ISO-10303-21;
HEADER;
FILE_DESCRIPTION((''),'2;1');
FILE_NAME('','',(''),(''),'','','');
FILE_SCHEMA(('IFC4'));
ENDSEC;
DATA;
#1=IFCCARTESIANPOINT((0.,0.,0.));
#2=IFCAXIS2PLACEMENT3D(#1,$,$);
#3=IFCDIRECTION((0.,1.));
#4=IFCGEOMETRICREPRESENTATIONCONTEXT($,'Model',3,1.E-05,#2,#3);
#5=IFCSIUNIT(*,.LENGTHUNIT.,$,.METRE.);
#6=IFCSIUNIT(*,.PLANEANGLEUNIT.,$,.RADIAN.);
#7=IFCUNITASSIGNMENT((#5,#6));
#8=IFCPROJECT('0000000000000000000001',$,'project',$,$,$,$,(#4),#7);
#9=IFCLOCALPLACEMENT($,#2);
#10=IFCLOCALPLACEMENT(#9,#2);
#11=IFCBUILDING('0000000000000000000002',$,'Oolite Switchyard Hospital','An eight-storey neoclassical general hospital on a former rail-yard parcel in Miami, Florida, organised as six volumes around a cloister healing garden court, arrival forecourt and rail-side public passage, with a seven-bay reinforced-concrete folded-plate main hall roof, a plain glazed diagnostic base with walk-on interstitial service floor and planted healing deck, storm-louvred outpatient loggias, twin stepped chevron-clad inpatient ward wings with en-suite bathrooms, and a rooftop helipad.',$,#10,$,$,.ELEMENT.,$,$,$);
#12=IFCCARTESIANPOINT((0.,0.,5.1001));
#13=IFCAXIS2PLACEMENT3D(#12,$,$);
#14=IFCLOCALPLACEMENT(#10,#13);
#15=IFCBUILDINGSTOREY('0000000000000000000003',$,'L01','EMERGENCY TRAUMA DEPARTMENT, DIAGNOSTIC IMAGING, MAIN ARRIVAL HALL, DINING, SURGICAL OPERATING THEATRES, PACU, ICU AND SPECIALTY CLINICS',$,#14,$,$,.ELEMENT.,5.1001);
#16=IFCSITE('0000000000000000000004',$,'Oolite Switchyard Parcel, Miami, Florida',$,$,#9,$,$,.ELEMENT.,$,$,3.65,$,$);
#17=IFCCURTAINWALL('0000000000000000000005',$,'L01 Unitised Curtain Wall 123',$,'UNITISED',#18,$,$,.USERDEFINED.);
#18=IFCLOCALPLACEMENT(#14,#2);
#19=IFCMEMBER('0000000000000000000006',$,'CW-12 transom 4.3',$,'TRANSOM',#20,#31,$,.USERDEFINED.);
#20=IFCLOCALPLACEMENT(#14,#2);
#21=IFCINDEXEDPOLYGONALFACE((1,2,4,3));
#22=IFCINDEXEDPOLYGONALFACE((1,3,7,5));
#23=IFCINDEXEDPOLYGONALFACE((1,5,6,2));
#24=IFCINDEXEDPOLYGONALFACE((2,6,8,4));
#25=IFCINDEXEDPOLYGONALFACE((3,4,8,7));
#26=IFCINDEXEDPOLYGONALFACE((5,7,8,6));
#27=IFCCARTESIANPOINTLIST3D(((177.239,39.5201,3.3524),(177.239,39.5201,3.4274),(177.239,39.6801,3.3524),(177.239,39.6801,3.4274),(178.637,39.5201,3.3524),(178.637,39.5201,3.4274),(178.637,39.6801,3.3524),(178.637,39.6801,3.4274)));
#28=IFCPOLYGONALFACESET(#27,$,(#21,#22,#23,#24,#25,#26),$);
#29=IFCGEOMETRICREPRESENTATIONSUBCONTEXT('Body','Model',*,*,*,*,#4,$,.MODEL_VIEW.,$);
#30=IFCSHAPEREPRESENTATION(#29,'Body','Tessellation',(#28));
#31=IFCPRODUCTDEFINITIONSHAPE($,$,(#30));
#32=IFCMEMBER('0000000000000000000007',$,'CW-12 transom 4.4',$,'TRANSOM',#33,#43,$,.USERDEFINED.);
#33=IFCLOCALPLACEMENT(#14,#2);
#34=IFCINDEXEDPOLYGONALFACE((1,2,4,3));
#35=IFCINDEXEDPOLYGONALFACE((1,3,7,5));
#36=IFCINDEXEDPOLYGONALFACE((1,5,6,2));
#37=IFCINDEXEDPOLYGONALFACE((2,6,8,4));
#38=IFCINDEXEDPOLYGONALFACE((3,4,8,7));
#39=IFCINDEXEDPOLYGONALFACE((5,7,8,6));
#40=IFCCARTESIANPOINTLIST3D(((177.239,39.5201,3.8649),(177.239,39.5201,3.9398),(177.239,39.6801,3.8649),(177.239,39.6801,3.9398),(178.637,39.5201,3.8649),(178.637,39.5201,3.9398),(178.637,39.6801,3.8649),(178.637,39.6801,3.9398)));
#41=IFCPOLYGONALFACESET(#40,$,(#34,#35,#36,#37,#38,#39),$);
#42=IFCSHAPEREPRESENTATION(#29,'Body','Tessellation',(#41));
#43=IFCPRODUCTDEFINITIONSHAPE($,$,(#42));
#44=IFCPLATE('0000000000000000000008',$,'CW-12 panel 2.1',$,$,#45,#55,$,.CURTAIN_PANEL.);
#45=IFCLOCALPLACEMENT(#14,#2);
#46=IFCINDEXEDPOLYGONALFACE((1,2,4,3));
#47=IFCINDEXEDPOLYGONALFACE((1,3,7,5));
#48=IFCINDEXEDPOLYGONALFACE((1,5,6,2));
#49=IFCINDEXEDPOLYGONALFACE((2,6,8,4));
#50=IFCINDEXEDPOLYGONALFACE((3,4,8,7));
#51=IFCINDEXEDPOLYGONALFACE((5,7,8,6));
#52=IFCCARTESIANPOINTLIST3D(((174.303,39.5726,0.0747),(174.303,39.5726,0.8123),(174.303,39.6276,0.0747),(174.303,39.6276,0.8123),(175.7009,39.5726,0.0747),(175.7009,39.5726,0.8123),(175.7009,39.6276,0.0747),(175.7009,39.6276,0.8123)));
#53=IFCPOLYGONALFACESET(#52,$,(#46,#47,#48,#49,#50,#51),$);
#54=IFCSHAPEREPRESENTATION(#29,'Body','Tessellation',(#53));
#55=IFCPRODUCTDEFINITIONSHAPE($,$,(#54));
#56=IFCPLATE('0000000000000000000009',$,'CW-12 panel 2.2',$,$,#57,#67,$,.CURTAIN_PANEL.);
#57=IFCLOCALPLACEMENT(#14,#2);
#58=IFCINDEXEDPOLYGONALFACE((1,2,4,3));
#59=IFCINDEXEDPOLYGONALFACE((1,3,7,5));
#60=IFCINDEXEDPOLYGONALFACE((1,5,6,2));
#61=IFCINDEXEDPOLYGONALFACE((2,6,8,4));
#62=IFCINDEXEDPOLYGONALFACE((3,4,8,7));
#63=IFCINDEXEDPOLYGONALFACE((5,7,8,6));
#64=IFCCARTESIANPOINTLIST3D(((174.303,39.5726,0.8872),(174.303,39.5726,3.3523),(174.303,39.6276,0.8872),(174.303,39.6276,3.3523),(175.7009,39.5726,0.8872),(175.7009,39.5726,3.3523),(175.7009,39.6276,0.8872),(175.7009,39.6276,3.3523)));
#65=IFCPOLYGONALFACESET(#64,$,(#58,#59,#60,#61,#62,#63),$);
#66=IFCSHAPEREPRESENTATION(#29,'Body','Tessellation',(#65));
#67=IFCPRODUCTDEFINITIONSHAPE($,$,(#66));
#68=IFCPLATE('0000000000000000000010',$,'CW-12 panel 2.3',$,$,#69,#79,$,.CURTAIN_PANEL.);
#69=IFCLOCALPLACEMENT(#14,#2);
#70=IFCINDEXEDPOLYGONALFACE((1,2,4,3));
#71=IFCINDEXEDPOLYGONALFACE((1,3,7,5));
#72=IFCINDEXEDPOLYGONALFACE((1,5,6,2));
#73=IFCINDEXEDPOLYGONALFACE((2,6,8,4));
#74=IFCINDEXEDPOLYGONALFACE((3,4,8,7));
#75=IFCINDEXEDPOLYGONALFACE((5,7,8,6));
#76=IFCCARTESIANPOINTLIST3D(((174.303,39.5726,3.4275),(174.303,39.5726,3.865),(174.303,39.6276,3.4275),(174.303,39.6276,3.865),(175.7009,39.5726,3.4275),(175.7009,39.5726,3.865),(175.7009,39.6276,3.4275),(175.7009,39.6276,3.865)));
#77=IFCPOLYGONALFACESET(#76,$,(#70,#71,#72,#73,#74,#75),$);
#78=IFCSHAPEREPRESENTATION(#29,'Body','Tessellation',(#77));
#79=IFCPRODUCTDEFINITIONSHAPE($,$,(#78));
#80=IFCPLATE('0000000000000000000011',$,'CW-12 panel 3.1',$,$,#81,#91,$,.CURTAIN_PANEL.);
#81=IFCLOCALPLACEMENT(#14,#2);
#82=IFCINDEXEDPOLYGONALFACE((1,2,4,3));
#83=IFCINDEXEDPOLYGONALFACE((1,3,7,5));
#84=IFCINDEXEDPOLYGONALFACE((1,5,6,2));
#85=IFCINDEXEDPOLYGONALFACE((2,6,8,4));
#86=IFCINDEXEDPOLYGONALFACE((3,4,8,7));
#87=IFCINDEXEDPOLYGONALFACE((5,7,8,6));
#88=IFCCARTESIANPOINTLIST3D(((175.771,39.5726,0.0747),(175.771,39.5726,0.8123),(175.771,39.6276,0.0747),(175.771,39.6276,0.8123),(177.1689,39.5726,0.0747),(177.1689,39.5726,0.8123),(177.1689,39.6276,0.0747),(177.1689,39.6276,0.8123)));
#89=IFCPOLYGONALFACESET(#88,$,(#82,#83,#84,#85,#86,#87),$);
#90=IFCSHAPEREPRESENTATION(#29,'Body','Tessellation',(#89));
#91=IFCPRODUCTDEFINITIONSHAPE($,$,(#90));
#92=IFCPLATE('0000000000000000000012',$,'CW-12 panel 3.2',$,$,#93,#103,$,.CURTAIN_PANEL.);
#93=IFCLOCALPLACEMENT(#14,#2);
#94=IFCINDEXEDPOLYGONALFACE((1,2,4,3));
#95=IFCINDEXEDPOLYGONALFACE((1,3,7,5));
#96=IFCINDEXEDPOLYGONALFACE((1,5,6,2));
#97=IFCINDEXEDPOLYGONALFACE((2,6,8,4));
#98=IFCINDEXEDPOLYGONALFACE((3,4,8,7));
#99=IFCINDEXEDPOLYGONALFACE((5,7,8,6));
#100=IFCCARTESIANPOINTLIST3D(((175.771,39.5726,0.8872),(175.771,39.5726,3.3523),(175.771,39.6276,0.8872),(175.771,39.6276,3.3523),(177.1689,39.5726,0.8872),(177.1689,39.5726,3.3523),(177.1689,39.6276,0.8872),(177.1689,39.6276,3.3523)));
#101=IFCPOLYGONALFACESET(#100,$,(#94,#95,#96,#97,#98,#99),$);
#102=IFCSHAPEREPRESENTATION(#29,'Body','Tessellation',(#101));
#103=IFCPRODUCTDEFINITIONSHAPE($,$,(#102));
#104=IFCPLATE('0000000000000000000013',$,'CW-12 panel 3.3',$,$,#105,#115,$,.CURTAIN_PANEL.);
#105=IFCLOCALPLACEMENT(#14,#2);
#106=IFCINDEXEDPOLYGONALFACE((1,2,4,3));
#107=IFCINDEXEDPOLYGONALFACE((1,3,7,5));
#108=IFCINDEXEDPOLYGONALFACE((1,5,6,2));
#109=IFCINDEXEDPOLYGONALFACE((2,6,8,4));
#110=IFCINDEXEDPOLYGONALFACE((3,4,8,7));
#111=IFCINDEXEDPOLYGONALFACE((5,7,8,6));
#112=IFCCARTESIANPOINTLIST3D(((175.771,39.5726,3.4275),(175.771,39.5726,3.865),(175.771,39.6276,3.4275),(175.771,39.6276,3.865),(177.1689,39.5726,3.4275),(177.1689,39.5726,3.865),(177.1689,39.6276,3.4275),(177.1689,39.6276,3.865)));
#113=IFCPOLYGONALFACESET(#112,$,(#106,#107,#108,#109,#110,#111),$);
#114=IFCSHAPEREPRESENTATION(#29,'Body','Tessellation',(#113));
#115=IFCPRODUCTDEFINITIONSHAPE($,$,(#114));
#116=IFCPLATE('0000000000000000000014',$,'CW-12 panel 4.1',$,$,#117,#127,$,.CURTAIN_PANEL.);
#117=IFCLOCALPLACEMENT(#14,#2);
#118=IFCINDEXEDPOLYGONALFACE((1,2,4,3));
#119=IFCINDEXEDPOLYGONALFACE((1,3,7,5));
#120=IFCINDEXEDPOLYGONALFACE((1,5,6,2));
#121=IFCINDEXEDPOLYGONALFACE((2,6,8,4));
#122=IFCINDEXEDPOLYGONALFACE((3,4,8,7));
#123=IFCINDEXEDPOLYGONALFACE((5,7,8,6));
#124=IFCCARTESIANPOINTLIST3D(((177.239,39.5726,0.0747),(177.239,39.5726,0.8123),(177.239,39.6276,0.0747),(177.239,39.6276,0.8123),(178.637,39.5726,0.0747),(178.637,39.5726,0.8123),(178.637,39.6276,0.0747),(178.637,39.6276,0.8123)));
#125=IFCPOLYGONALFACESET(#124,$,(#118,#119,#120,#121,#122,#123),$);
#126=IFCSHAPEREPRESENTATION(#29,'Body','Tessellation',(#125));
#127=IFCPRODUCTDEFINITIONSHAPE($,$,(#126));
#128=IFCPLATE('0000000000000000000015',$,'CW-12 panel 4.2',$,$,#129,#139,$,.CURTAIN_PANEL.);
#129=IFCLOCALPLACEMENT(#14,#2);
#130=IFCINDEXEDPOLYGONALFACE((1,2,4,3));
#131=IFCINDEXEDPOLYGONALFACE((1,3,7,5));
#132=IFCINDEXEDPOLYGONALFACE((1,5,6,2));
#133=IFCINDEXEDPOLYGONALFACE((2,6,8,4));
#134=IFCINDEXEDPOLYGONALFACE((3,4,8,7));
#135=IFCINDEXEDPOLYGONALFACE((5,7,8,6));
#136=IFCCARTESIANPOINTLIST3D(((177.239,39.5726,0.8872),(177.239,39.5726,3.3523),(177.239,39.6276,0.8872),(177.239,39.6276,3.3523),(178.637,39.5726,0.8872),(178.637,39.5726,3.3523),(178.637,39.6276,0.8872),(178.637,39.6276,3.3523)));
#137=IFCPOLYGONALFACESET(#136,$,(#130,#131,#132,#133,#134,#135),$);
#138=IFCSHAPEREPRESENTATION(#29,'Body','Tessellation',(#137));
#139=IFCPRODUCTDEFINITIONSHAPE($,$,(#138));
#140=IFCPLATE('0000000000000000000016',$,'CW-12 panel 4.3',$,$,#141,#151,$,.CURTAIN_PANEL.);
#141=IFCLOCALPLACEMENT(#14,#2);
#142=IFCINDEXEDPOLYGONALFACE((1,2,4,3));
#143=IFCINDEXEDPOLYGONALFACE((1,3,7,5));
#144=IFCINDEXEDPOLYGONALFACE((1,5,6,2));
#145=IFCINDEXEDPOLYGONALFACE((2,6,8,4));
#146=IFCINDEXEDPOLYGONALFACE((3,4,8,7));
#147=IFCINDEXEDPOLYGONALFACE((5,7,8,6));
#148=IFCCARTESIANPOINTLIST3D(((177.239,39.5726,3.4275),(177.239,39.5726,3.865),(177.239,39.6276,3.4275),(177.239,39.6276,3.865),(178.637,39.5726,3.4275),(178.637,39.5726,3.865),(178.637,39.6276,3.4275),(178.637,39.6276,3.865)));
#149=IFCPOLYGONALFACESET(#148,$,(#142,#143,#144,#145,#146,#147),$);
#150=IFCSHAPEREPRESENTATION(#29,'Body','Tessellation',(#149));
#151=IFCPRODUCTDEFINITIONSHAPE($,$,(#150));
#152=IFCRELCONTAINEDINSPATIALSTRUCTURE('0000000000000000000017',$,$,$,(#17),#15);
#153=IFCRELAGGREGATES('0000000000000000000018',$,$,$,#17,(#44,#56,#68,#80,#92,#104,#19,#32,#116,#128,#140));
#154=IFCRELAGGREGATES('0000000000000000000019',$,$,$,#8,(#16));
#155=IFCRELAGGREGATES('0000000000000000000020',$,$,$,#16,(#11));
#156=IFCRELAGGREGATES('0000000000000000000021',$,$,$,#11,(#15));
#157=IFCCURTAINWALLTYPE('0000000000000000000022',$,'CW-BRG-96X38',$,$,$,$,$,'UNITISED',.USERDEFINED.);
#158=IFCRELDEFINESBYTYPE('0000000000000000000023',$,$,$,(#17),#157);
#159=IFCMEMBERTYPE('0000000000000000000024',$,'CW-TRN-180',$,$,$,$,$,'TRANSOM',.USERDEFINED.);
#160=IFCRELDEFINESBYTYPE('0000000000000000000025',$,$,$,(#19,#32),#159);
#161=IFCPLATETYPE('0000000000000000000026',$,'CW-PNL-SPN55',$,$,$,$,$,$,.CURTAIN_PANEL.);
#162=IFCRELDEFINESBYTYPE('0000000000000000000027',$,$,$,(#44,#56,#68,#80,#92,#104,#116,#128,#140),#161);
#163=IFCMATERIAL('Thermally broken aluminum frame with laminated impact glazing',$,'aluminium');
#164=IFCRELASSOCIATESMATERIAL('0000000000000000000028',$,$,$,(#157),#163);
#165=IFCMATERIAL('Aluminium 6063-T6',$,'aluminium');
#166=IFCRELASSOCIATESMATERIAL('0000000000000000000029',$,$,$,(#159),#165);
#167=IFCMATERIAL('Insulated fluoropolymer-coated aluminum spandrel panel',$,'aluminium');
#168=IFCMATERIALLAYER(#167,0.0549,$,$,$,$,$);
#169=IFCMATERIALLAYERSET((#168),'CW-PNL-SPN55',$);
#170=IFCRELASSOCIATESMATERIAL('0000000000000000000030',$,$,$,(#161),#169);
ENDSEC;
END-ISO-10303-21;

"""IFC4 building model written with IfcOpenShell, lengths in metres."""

from ifc_helpers import new_model, si_unit, direction, frame, origin, origin_2d, place, context, subcontext, project, spatial, rectangle, extrude, material, layer, layer_set, material_profile, profile_set, type_object, element, aggregate, save


model = new_model("IFC4")

# Units and contexts
model_context = context("Model", 3, precision=1e-05, world=origin(), true_north=direction((0.0, 1.0)))
body_context = subcontext(model_context, "Body", "Model", "MODEL_VIEW")
ifc_project = project(units=[si_unit("LENGTHUNIT", "METRE"), si_unit("PLANEANGLEUNIT", "RADIAN")], contexts=[model_context])

# Site, building, storey
site_placement = place(None, origin())
site = spatial("IfcSite", under=ifc_project, at=site_placement, Name="Oolite Switchyard Parcel, Miami, Florida", CompositionType="ELEMENT", RefElevation=3.65)
building_placement = place(site_placement, origin())
building = spatial("IfcBuilding", under=site, at=building_placement, Name="Oolite Switchyard Hospital", Description="An eight-storey neoclassical general hospital on a former rail-yard parcel in Miami, Florida, organised as six volumes around a cloister healing garden court, arrival forecourt and rail-side public passage, with a seven-bay reinforced-concrete folded-plate main hall roof, a plain glazed diagnostic base with walk-on interstitial service floor and planted healing deck, storm-louvred outpatient loggias, twin stepped chevron-clad inpatient ward wings with en-suite bathrooms, and a rooftop helipad.", CompositionType="ELEMENT")
storey_placement = place(building_placement, frame((0.0, 0.0, 5.1001)))
storey = spatial("IfcBuildingStorey", under=building, at=storey_placement, Name="L01", Description="EMERGENCY TRAUMA DEPARTMENT, DIAGNOSTIC IMAGING, MAIN ARRIVAL HALL, DINING, SURGICAL OPERATING THEATRES, PACU, ICU AND SPECIALTY CLINICS", CompositionType="ELEMENT", Elevation=5.1001)

# Curtain wall
ifc_material_1 = material(Name="Thermally broken aluminum frame with laminated impact glazing", Category="aluminium")
curtain_wall_type = type_object("IfcCurtainWallType", Name="CW-BRG-96X38", ElementType="UNITISED", PredefinedType="USERDEFINED", material=ifc_material_1)
curtain_wall_1_placement = place(storey_placement, origin())
curtain_wall_1 = element("IfcCurtainWall", 1, at=curtain_wall_1_placement, inside=storey, type_object=curtain_wall_type, Name="L01 Unitised Curtain Wall 123", ObjectType="UNITISED", PredefinedType="USERDEFINED")
ifc_material_2 = material(Name="Aluminium 6063-T6", Category="aluminium")

# Members
ifc_material_profile_1 = material_profile(ifc_material_2, rectangle(XDim=0.1599, YDim=0.075, at=origin_2d()), Name="CWT75X160")
ifc_profile_set_1 = profile_set([ifc_material_profile_1], Name="Aluminium 6063-T6")
member_type_1 = type_object("IfcMemberType", Name="CW-TRN-180", ElementType="TRANSOM", PredefinedType="USERDEFINED", material=ifc_profile_set_1)
member_1_placement = place(storey_placement, frame((177.239, 39.6001, 3.3899), z_axis=(1.0, 0.0, 0.0), x_axis=(0.0, 1.0, 0.0)))
member_1 = element("IfcMember", 2, at=member_1_placement, type_object=member_type_1, Name="CW-12 transom 4.3", ObjectType="TRANSOM", PredefinedType="USERDEFINED", context=body_context, shape_type="SweptSolid", body=[
    extrude(rectangle(XDim=0.1599, YDim=0.075, at=origin_2d()), origin(), (0.0, 0.0, 1.0), 1.3979),
])
member_2_placement = place(storey_placement, frame((177.239, 39.6001, 3.9023), z_axis=(1.0, 0.0, 0.0), x_axis=(0.0, 1.0, 0.0)))
member_2 = element("IfcMember", 3, at=member_2_placement, type_object=member_type_1, Name="CW-12 transom 4.4", ObjectType="TRANSOM", PredefinedType="USERDEFINED", context=body_context, shape_type="SweptSolid", body=[
    extrude(rectangle(XDim=0.1599, YDim=0.075, at=origin_2d()), origin(), (0.0, 0.0, 1.0), 1.3979),
])

# Plates
ifc_material_3 = material(Name="Insulated fluoropolymer-coated aluminum spandrel panel", Category="aluminium")
ifc_layer = layer(ifc_material_3, 0.0549)
ifc_layer_set = layer_set([ifc_layer], Name="CW-PNL-SPN55")
plate_type = type_object("IfcPlateType", Name="CW-PNL-SPN55", PredefinedType="CURTAIN_PANEL", material=ifc_layer_set)
plate_1_placement = place(storey_placement, frame((175.002, 39.6001, 0.0747), z_axis=(0.0, 0.0, 1.0), x_axis=(1.0, 0.0, 0.0)))
plate_1 = element("IfcPlate", 4, at=plate_1_placement, type_object=plate_type, Name="CW-12 panel 2.1", PredefinedType="CURTAIN_PANEL", context=body_context, shape_type="SweptSolid", body=[
    extrude(rectangle(XDim=1.3979, YDim=0.0549, at=origin_2d()), origin(), (0.0, 0.0, 1.0), 0.7375),
])
plate_2_placement = place(storey_placement, frame((175.002, 39.6001, 0.8872), z_axis=(0.0, 0.0, 1.0), x_axis=(1.0, 0.0, 0.0)))
plate_2 = element("IfcPlate", 5, at=plate_2_placement, type_object=plate_type, Name="CW-12 panel 2.2", PredefinedType="CURTAIN_PANEL", context=body_context, shape_type="SweptSolid", body=[
    extrude(rectangle(XDim=1.3979, YDim=0.0549, at=origin_2d()), origin(), (0.0, 0.0, 1.0), 2.4651),
])
plate_3_placement = place(storey_placement, frame((175.002, 39.6001, 3.4275), z_axis=(0.0, 0.0, 1.0), x_axis=(1.0, 0.0, 0.0)))
plate_3 = element("IfcPlate", 6, at=plate_3_placement, type_object=plate_type, Name="CW-12 panel 2.3", PredefinedType="CURTAIN_PANEL", context=body_context, shape_type="SweptSolid", body=[
    extrude(rectangle(XDim=1.3979, YDim=0.0549, at=origin_2d()), origin(), (0.0, 0.0, 1.0), 0.4375),
])
plate_4_placement = place(storey_placement, frame((176.47, 39.6001, 0.0747), z_axis=(0.0, 0.0, 1.0), x_axis=(1.0, 0.0, 0.0)))
plate_4 = element("IfcPlate", 7, at=plate_4_placement, type_object=plate_type, Name="CW-12 panel 3.1", PredefinedType="CURTAIN_PANEL", context=body_context, shape_type="SweptSolid", body=[
    extrude(rectangle(XDim=1.3979, YDim=0.0549, at=origin_2d()), origin(), (0.0, 0.0, 1.0), 0.7375),
])
plate_5_placement = place(storey_placement, frame((176.47, 39.6001, 0.8872), z_axis=(0.0, 0.0, 1.0), x_axis=(1.0, 0.0, 0.0)))
plate_5 = element("IfcPlate", 8, at=plate_5_placement, type_object=plate_type, Name="CW-12 panel 3.2", PredefinedType="CURTAIN_PANEL", context=body_context, shape_type="SweptSolid", body=[
    extrude(rectangle(XDim=1.3979, YDim=0.0549, at=origin_2d()), origin(), (0.0, 0.0, 1.0), 2.4651),
])
plate_6_placement = place(storey_placement, frame((176.47, 39.6001, 3.4275), z_axis=(0.0, 0.0, 1.0), x_axis=(1.0, 0.0, 0.0)))
plate_6 = element("IfcPlate", 9, at=plate_6_placement, type_object=plate_type, Name="CW-12 panel 3.3", PredefinedType="CURTAIN_PANEL", context=body_context, shape_type="SweptSolid", body=[
    extrude(rectangle(XDim=1.3979, YDim=0.0549, at=origin_2d()), origin(), (0.0, 0.0, 1.0), 0.4375),
])
plate_7_placement = place(storey_placement, frame((177.938, 39.6001, 0.0747), z_axis=(0.0, 0.0, 1.0), x_axis=(1.0, 0.0, 0.0)))
plate_7 = element("IfcPlate", 10, at=plate_7_placement, type_object=plate_type, Name="CW-12 panel 4.1", PredefinedType="CURTAIN_PANEL", context=body_context, shape_type="SweptSolid", body=[
    extrude(rectangle(XDim=1.3979, YDim=0.0549, at=origin_2d()), origin(), (0.0, 0.0, 1.0), 0.7375),
])
plate_8_placement = place(storey_placement, frame((177.938, 39.6001, 0.8872), z_axis=(0.0, 0.0, 1.0), x_axis=(1.0, 0.0, 0.0)))
plate_8 = element("IfcPlate", 11, at=plate_8_placement, type_object=plate_type, Name="CW-12 panel 4.2", PredefinedType="CURTAIN_PANEL", context=body_context, shape_type="SweptSolid", body=[
    extrude(rectangle(XDim=1.3979, YDim=0.0549, at=origin_2d()), origin(), (0.0, 0.0, 1.0), 2.4651),
])
plate_9_placement = place(storey_placement, frame((177.938, 39.6001, 3.4275), z_axis=(0.0, 0.0, 1.0), x_axis=(1.0, 0.0, 0.0)))
plate_9 = element("IfcPlate", 12, at=plate_9_placement, type_object=plate_type, Name="CW-12 panel 4.3", PredefinedType="CURTAIN_PANEL", context=body_context, shape_type="SweptSolid", body=[
    extrude(rectangle(XDim=1.3979, YDim=0.0549, at=origin_2d()), origin(), (0.0, 0.0, 1.0), 0.4375),
])
aggregate(curtain_wall_1, [plate_1, plate_2, plate_3, plate_4, plate_5, plate_6, member_1, member_2, plate_7, plate_8, plate_9])

save(model, "model.ifc")
